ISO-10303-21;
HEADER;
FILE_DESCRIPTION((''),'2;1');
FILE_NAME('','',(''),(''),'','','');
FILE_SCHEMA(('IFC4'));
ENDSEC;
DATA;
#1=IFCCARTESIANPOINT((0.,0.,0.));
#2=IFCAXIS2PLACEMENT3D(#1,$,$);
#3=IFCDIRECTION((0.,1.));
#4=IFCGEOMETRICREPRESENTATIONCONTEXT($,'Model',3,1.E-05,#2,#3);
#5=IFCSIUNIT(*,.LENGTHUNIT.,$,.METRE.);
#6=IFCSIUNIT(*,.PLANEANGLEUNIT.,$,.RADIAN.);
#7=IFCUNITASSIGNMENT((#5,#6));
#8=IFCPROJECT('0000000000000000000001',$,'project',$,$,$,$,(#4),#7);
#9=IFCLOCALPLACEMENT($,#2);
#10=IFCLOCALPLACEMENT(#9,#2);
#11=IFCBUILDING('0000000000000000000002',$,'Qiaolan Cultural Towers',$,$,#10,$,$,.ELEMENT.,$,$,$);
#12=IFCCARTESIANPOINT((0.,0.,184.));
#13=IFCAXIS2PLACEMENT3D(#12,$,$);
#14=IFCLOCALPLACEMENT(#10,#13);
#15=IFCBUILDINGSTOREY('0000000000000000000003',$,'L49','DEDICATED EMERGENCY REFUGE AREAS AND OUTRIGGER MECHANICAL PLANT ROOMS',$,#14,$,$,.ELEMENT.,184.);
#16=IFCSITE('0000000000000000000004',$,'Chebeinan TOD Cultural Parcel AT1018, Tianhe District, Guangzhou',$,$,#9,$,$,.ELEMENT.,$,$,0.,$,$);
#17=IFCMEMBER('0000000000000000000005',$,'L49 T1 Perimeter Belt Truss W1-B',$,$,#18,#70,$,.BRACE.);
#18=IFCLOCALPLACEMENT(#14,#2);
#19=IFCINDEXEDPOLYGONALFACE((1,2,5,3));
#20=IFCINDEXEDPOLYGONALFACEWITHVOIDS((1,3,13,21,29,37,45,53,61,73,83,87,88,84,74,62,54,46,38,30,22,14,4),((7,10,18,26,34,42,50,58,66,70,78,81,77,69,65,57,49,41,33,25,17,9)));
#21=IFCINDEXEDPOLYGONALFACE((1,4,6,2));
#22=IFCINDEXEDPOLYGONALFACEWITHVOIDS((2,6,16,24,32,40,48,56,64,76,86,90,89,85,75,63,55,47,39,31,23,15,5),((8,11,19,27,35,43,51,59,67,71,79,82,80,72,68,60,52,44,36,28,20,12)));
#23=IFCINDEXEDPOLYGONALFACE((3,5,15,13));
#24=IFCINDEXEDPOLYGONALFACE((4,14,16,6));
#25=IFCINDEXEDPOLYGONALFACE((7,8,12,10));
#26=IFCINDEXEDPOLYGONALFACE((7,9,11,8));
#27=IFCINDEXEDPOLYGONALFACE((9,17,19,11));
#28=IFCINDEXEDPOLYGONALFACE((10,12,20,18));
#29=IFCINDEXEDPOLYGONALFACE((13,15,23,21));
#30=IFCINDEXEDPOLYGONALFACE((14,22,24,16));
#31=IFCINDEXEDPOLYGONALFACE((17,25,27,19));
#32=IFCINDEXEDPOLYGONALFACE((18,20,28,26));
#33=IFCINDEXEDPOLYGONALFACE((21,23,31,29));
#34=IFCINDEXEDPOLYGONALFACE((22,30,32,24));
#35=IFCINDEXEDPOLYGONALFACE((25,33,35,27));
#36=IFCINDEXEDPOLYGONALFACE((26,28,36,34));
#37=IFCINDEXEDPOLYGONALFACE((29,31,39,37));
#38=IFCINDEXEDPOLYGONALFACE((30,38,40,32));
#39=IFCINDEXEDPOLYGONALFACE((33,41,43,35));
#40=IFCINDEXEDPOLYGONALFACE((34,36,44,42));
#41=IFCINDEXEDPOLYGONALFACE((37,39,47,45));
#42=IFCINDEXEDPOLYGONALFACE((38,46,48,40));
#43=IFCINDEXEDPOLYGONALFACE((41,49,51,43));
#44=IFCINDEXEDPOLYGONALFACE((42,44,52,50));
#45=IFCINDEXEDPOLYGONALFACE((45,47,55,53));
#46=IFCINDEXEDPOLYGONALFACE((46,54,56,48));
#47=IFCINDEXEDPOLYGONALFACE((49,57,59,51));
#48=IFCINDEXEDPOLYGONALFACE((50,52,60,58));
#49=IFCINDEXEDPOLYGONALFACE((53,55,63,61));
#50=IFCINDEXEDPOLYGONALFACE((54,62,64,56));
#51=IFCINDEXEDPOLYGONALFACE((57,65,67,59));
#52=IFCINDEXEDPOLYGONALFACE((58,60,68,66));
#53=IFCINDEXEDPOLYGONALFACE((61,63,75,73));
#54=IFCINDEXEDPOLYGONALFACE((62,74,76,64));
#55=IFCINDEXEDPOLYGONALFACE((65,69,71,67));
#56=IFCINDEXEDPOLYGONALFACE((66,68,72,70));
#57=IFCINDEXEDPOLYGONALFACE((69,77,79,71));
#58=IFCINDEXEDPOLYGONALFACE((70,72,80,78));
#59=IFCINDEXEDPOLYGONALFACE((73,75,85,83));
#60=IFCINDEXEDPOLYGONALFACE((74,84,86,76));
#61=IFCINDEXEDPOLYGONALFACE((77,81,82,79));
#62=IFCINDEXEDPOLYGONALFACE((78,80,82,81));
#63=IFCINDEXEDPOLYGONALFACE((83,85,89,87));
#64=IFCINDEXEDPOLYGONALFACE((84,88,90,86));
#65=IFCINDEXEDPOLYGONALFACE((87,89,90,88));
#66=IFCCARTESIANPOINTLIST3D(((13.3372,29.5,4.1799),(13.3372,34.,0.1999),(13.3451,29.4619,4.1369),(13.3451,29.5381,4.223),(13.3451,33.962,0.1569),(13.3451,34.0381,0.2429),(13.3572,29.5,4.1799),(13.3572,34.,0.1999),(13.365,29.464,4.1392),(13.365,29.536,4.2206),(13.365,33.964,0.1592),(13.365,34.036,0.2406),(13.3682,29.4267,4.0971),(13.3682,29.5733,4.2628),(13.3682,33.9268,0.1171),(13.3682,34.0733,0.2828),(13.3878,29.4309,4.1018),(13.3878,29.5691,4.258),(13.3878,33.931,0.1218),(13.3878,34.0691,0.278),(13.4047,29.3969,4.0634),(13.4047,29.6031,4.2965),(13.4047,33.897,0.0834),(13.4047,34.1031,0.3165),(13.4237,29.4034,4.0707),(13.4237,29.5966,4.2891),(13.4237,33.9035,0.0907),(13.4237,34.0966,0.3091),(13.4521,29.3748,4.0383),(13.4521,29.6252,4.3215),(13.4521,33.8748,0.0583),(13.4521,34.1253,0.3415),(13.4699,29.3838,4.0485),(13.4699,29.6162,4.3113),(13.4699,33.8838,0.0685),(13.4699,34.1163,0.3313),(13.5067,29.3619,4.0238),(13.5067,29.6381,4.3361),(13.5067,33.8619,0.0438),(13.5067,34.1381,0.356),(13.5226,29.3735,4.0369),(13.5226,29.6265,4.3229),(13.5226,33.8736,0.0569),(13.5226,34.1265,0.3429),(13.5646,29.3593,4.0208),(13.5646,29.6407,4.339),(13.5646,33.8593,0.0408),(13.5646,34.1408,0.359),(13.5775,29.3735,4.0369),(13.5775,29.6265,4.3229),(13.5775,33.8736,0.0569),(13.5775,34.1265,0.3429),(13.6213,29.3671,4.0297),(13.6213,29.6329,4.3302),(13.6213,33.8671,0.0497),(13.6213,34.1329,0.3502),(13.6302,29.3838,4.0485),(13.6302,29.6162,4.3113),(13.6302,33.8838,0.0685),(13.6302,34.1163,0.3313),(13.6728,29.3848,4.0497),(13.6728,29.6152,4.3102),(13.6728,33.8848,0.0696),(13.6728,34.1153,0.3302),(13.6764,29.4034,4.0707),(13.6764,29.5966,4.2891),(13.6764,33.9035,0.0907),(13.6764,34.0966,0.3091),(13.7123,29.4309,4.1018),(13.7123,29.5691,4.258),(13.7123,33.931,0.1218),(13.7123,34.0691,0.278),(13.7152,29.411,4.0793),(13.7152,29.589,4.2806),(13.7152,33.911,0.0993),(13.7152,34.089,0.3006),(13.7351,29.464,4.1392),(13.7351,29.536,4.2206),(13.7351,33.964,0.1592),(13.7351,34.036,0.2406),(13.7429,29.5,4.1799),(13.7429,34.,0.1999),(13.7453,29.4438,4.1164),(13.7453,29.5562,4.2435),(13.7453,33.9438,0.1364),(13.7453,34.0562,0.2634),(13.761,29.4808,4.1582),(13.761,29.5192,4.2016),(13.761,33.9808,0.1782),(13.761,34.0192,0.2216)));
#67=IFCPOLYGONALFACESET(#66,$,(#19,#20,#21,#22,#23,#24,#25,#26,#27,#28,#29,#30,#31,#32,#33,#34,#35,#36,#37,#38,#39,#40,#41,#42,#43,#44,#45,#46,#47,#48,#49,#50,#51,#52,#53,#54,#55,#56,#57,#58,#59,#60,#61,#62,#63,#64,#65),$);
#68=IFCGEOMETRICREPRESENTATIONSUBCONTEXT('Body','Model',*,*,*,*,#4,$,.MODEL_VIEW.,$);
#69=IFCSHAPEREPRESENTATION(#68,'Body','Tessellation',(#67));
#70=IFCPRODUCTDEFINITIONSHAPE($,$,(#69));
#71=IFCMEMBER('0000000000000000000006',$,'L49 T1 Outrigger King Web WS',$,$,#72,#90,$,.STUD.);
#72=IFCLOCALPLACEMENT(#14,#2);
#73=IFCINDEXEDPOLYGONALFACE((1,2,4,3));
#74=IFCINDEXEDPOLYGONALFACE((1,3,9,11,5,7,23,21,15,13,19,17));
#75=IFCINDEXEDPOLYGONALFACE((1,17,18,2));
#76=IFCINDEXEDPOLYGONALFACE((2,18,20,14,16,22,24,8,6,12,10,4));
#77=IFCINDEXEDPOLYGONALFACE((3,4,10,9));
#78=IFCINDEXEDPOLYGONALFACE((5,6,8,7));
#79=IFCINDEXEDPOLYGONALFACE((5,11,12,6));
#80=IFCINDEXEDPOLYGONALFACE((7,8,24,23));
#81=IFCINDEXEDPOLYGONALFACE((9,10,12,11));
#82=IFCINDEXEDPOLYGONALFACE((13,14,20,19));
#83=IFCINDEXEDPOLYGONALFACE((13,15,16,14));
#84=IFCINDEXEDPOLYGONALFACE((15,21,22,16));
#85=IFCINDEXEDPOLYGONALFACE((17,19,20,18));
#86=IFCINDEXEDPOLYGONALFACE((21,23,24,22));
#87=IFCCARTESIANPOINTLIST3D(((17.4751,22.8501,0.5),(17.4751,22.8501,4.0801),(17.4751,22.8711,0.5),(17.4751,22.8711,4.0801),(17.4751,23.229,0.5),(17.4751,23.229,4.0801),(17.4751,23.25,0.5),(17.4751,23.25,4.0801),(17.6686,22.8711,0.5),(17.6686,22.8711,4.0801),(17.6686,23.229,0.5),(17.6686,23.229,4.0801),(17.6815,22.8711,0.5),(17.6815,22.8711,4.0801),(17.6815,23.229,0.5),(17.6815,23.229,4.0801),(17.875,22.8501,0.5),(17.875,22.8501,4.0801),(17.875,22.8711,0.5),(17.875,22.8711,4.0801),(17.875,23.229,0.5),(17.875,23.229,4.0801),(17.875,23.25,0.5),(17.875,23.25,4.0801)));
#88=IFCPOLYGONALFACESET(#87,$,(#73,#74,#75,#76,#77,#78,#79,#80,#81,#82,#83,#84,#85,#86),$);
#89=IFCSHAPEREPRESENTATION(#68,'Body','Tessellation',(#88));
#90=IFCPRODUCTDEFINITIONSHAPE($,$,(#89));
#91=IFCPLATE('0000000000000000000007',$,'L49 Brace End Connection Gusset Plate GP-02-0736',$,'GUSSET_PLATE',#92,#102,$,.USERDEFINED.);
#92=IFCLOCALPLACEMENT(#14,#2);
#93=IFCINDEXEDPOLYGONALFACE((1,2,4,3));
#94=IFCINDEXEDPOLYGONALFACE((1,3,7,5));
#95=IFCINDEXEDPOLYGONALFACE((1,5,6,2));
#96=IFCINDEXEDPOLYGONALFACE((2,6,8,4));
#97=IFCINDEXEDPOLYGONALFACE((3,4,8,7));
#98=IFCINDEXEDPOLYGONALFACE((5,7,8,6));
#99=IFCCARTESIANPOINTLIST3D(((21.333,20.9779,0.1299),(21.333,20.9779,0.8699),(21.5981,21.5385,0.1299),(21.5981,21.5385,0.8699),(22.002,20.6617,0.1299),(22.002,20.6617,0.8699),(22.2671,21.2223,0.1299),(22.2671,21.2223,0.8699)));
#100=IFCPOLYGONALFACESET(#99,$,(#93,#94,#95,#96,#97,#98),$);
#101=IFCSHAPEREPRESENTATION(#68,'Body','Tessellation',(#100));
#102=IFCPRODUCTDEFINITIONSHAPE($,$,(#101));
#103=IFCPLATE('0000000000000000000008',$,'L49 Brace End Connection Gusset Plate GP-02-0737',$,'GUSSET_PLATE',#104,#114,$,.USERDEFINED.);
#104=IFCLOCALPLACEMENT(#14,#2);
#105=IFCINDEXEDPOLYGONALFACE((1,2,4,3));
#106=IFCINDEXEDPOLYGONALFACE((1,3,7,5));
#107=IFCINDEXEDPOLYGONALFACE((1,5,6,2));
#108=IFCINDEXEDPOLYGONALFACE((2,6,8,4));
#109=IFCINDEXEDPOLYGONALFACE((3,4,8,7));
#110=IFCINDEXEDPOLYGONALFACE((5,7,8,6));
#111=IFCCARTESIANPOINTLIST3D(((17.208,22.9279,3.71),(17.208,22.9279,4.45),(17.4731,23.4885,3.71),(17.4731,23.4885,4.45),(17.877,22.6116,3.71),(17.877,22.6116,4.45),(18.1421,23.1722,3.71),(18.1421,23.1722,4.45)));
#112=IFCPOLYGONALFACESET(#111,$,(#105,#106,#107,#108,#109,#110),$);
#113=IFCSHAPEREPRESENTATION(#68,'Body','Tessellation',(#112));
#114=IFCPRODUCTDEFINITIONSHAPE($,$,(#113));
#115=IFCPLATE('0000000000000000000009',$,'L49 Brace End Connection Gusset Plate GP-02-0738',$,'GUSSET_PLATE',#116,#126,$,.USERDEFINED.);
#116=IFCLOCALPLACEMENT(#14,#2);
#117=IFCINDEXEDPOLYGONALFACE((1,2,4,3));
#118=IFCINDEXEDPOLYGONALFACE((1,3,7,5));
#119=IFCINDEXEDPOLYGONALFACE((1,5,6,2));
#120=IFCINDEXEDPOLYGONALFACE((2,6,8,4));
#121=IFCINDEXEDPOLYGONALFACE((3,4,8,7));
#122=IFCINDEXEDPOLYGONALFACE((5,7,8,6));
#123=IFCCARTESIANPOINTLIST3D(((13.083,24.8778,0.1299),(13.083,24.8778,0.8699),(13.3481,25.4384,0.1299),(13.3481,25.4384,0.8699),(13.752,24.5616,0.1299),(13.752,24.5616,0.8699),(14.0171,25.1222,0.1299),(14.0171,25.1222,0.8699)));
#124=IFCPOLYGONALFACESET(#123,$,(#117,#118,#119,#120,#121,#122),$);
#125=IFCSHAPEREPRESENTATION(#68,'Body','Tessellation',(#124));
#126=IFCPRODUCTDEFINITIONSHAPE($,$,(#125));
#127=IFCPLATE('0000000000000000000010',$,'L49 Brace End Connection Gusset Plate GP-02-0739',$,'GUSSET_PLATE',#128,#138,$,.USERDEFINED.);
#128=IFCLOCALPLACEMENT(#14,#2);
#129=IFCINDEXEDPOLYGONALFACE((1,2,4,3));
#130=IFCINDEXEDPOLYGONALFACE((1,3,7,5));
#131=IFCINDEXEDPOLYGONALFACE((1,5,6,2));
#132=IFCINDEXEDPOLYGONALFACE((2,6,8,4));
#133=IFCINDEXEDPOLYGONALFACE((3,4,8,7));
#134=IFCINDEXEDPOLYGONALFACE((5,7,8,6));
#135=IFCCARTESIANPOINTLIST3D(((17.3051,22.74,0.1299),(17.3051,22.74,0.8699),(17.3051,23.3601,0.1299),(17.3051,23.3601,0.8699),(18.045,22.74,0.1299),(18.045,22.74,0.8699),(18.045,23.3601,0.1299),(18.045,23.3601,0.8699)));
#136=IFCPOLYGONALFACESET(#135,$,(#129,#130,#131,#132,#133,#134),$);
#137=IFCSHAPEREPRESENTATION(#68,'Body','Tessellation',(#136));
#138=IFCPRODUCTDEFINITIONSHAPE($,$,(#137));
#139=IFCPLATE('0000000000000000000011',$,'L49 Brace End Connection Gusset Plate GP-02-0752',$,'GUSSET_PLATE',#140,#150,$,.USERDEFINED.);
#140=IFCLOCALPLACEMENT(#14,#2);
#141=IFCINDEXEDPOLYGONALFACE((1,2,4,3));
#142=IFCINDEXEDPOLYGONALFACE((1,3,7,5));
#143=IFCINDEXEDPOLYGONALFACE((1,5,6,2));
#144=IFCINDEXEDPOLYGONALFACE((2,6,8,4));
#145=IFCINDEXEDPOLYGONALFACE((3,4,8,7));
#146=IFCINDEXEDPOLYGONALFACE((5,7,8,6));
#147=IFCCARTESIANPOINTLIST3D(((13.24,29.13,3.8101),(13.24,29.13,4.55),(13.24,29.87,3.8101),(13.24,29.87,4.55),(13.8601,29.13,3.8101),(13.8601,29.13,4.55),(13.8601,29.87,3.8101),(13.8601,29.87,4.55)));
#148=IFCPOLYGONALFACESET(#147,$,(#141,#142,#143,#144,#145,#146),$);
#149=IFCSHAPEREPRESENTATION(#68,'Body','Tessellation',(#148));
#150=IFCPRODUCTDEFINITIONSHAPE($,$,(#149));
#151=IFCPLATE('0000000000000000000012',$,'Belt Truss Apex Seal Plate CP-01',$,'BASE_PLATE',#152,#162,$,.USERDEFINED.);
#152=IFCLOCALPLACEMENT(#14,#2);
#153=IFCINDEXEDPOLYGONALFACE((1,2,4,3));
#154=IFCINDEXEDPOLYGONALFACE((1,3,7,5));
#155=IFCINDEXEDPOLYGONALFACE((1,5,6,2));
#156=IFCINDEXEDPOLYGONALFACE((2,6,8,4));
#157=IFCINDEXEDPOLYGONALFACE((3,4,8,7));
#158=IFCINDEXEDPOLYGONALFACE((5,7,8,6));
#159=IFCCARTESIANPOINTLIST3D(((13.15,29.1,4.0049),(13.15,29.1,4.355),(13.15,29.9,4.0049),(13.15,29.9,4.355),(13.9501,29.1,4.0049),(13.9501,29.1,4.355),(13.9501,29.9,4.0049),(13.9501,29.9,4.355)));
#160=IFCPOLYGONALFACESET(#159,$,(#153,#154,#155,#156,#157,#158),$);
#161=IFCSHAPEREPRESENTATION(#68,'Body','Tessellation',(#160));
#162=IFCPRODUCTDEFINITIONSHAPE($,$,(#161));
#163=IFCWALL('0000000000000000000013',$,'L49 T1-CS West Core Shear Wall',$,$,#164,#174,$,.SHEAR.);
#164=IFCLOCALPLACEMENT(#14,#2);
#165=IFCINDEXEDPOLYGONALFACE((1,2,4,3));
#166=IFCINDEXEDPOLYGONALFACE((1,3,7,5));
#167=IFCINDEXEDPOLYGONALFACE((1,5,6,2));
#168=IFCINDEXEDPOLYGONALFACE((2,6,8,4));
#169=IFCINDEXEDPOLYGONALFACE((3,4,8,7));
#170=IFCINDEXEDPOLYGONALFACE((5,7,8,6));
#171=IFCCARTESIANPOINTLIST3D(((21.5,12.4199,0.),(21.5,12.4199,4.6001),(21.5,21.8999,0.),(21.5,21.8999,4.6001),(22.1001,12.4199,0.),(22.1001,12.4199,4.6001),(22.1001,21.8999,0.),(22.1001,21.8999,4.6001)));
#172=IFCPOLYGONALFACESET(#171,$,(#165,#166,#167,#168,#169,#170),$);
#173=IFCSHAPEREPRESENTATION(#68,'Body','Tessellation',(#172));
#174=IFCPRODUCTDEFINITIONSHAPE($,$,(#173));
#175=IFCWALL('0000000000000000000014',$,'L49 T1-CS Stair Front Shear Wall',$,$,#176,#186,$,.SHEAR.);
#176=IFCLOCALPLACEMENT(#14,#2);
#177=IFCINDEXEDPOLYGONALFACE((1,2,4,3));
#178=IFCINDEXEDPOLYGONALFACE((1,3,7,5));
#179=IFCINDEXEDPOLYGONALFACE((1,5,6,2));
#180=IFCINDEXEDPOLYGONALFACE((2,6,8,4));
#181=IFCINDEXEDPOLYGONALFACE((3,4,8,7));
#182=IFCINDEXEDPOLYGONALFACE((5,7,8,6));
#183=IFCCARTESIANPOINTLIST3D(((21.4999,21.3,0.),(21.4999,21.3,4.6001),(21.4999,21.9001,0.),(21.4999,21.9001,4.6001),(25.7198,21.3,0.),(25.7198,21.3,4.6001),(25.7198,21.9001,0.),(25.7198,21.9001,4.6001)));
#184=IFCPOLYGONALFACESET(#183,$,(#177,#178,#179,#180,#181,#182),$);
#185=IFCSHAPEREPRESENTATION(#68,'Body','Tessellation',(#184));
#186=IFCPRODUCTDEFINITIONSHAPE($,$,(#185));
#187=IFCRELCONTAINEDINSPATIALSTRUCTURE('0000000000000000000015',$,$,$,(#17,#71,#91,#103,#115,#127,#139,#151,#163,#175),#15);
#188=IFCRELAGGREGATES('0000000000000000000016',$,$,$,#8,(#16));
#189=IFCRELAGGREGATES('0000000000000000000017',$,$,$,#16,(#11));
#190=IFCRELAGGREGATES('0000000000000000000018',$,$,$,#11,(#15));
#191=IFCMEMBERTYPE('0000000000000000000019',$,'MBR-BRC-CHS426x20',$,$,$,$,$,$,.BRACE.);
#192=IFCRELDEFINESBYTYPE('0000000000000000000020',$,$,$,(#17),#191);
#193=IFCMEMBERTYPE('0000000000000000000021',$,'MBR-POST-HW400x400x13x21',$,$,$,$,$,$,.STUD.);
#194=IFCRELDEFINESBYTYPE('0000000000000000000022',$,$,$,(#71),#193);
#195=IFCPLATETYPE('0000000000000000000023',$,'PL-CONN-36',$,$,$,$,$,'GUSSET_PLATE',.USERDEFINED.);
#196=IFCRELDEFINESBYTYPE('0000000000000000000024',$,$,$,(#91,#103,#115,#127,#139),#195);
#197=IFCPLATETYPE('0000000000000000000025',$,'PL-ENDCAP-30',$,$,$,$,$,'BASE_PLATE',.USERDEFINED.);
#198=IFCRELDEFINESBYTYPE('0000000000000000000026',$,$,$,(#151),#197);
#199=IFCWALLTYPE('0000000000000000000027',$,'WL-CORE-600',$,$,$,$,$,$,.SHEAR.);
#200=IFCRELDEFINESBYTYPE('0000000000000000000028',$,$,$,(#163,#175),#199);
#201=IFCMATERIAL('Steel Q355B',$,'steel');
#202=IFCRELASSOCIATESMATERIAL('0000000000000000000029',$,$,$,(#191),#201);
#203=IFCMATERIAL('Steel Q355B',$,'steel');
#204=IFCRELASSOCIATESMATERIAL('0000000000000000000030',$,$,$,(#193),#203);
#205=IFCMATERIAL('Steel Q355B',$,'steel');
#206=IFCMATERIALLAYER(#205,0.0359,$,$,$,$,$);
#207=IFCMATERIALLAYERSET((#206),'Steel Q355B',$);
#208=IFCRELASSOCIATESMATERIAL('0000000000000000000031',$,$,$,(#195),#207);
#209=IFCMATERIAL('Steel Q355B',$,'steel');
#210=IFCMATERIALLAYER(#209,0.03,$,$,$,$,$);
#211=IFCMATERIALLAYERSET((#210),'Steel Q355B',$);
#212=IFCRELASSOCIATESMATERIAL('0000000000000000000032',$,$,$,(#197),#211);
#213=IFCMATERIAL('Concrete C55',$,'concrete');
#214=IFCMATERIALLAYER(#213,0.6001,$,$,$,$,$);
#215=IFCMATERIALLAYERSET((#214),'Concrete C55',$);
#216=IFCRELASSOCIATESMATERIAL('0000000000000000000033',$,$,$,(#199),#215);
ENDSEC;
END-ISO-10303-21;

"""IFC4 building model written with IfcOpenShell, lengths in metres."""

from ifc_helpers import new_model, si_unit, direction, frame, frame_2d, origin, origin_2d, place, context, subcontext, project, spatial, rectangle, hollow_circle, i_section, extrude, material, layer, layer_set, material_profile, profile_set, type_object, element, save


model = new_model("IFC4")

# Units and contexts
model_context = context("Model", 3, precision=1e-05, world=origin(), true_north=direction((0.0, 1.0)))
body_context = subcontext(model_context, "Body", "Model", "MODEL_VIEW")
ifc_project = project(units=[si_unit("LENGTHUNIT", "METRE"), si_unit("PLANEANGLEUNIT", "RADIAN")], contexts=[model_context])

# Site, building, storey
site_placement = place(None, origin())
site = spatial("IfcSite", under=ifc_project, at=site_placement, Name="Chebeinan TOD Cultural Parcel AT1018, Tianhe District, Guangzhou", CompositionType="ELEMENT", RefElevation=0.0)
building_placement = place(site_placement, origin())
building = spatial("IfcBuilding", under=site, at=building_placement, Name="Qiaolan Cultural Towers", CompositionType="ELEMENT")
storey_placement = place(building_placement, frame((0.0, 0.0, 184.0)))
storey = spatial("IfcBuildingStorey", under=building, at=storey_placement, Name="L49", Description="DEDICATED EMERGENCY REFUGE AREAS AND OUTRIGGER MECHANICAL PLANT ROOMS", CompositionType="ELEMENT", Elevation=184.0)

# Members
ifc_material_1 = material(Name="Steel Q355B", Category="steel")
ifc_material_profile_1 = material_profile(ifc_material_1, hollow_circle(Radius=0.2129, WallThickness=0.02, at=origin_2d()), Name="CHS426x20")
ifc_profile_set_1 = profile_set([ifc_material_profile_1], Name="Steel Q355B")
member_type_1 = type_object("IfcMemberType", Name="MBR-BRC-CHS426x20", PredefinedType="BRACE", material=ifc_profile_set_1)
for number, where, z_axis, x_axis, name in (
    (1, (13.55, 29.5, 4.1799), (0.0, 0.749062, -0.6625), (-1.0, 0.0, 0.0), "L49 T1 Perimeter Belt Truss W1-B"),
):
    element("IfcMember", number, at=place(storey_placement, frame(where, z_axis=z_axis, x_axis=x_axis)), inside=storey, type_object=member_type_1, Name=name, PredefinedType="BRACE", context=body_context, shape_type="SweptSolid", body=[
        extrude(hollow_circle(Radius=0.2129, WallThickness=0.02, at=origin_2d()), origin(), (0.0, 0.0, 1.0), 6.0076),
    ])
ifc_material_2 = material(Name="Steel Q355B", Category="steel")
ifc_material_profile_2 = material_profile(ifc_material_2, i_section(OverallWidth=0.3999, OverallDepth=0.3999, WebThickness=0.0129, FlangeThickness=0.021, at=origin_2d()), Name="HW400x400x13x21")
ifc_profile_set_2 = profile_set([ifc_material_profile_2], Name="Steel Q355B")
member_type_2 = type_object("IfcMemberType", Name="MBR-POST-HW400x400x13x21", PredefinedType="STUD", material=ifc_profile_set_2)
member_placement = place(storey_placement, frame((17.675, 23.05, 0.5), z_axis=(0.0, 0.0, 1.0), x_axis=(1.0, 0.0, 0.0)))
element("IfcMember", 2, at=member_placement, inside=storey, type_object=member_type_2, Name="L49 T1 Outrigger King Web WS", PredefinedType="STUD", context=body_context, shape_type="SweptSolid", body=[
    extrude(i_section(OverallWidth=0.3999, OverallDepth=0.3999, WebThickness=0.0129, FlangeThickness=0.021, at=origin_2d()), origin(), (0.0, 0.0, 1.0), 3.5801),
])

# Plates
ifc_material_3 = material(Name="Steel Q355B", Category="steel")
ifc_layer_1 = layer(ifc_material_3, 0.0359)
ifc_layer_set_1 = layer_set([ifc_layer_1], Name="Steel Q355B")
plate_type_1 = type_object("IfcPlateType", Name="PL-CONN-36", ElementType="GUSSET_PLATE", PredefinedType="USERDEFINED", material=ifc_layer_set_1)
for number, where, z_axis, x_axis, name in (
    (3, (21.8, 21.1001, 0.1299), (0.0, 0.0, 1.0), (-0.904072, 0.42738, 0.0), "L49 Brace End Connection Gusset Plate GP-02-0736"),
    (4, (17.675, 23.05, 3.71), (0.0, 0.0, 1.0), (-0.904072, 0.42738, 0.0), "L49 Brace End Connection Gusset Plate GP-02-0737"),
    (5, (13.55, 25.0, 0.1299), (0.0, 0.0, 1.0), (-0.904072, 0.42738, 0.0), "L49 Brace End Connection Gusset Plate GP-02-0738"),
    (6, (17.675, 23.05, 0.1299), (0.0, 0.0, 1.0), (1.0, 0.0, 0.0), "L49 Brace End Connection Gusset Plate GP-02-0739"),
    (7, (13.55, 29.5, 3.8101), (0.0, 0.0, 1.0), (0.0, 1.0, 0.0), "L49 Brace End Connection Gusset Plate GP-02-0752"),
):
    element("IfcPlate", number, at=place(storey_placement, frame(where, z_axis=z_axis, x_axis=x_axis)), inside=storey, type_object=plate_type_1, Name=name, ObjectType="GUSSET_PLATE", PredefinedType="USERDEFINED", context=body_context, shape_type="SweptSolid", body=[
        extrude(rectangle(XDim=0.74, YDim=0.6201, at=origin_2d()), origin(), (0.0, 0.0, 1.0), 0.74),
    ])
ifc_material_4 = material(Name="Steel Q355B", Category="steel")
ifc_layer_2 = layer(ifc_material_4, 0.03)
ifc_layer_set_2 = layer_set([ifc_layer_2], Name="Steel Q355B")
plate_type_2 = type_object("IfcPlateType", Name="PL-ENDCAP-30", ElementType="BASE_PLATE", PredefinedType="USERDEFINED", material=ifc_layer_set_2)
plate_placement = place(storey_placement, frame((13.55, 29.5, 4.0049), z_axis=(0.0, 0.0, 1.0), x_axis=(1.0, 0.0, 0.0)))
element("IfcPlate", 8, at=plate_placement, inside=storey, type_object=plate_type_2, Name="Belt Truss Apex Seal Plate CP-01", ObjectType="BASE_PLATE", PredefinedType="USERDEFINED", context=body_context, shape_type="SweptSolid", body=[
    extrude(rectangle(XDim=0.8, YDim=0.8, at=origin_2d()), origin(), (0.0, 0.0, 1.0), 0.3501),
])

# Walls
ifc_material_5 = material(Name="Concrete C55", Category="concrete")
ifc_layer_3 = layer(ifc_material_5, 0.6001)
ifc_layer_set_3 = layer_set([ifc_layer_3], Name="Concrete C55")
wall_type_1 = type_object("IfcWallType", Name="WL-CORE-600", PredefinedType="SHEAR", material=ifc_layer_set_3)
wall_1_placement = place(storey_placement, frame((21.8, 21.8999, 0.0), z_axis=(0.0, 0.0, 1.0), x_axis=(0.0, -1.0, 0.0)))
element("IfcWall", 9, at=wall_1_placement, inside=storey, type_object=wall_type_1, Name="L49 T1-CS West Core Shear Wall", PredefinedType="SHEAR", context=body_context, shape_type="SweptSolid", body=[
    extrude(rectangle(XDim=9.48, YDim=0.6001, at=frame_2d((4.74, 0.0))), origin(), (0.0, 0.0, 1.0), 4.6001),
])
wall_2_placement = place(storey_placement, frame((21.5, 21.6001, 0.0), z_axis=(0.0, 0.0, 1.0), x_axis=(1.0, 0.0, 0.0)))
element("IfcWall", 10, at=wall_2_placement, inside=storey, type_object=wall_type_1, Name="L49 T1-CS Stair Front Shear Wall", PredefinedType="SHEAR", context=body_context, shape_type="SweptSolid", body=[
    extrude(rectangle(XDim=4.22, YDim=0.6001, at=frame_2d((2.1099, 0.0))), origin(), (0.0, 0.0, 1.0), 4.6001),
])

save(model, "model.ifc")
